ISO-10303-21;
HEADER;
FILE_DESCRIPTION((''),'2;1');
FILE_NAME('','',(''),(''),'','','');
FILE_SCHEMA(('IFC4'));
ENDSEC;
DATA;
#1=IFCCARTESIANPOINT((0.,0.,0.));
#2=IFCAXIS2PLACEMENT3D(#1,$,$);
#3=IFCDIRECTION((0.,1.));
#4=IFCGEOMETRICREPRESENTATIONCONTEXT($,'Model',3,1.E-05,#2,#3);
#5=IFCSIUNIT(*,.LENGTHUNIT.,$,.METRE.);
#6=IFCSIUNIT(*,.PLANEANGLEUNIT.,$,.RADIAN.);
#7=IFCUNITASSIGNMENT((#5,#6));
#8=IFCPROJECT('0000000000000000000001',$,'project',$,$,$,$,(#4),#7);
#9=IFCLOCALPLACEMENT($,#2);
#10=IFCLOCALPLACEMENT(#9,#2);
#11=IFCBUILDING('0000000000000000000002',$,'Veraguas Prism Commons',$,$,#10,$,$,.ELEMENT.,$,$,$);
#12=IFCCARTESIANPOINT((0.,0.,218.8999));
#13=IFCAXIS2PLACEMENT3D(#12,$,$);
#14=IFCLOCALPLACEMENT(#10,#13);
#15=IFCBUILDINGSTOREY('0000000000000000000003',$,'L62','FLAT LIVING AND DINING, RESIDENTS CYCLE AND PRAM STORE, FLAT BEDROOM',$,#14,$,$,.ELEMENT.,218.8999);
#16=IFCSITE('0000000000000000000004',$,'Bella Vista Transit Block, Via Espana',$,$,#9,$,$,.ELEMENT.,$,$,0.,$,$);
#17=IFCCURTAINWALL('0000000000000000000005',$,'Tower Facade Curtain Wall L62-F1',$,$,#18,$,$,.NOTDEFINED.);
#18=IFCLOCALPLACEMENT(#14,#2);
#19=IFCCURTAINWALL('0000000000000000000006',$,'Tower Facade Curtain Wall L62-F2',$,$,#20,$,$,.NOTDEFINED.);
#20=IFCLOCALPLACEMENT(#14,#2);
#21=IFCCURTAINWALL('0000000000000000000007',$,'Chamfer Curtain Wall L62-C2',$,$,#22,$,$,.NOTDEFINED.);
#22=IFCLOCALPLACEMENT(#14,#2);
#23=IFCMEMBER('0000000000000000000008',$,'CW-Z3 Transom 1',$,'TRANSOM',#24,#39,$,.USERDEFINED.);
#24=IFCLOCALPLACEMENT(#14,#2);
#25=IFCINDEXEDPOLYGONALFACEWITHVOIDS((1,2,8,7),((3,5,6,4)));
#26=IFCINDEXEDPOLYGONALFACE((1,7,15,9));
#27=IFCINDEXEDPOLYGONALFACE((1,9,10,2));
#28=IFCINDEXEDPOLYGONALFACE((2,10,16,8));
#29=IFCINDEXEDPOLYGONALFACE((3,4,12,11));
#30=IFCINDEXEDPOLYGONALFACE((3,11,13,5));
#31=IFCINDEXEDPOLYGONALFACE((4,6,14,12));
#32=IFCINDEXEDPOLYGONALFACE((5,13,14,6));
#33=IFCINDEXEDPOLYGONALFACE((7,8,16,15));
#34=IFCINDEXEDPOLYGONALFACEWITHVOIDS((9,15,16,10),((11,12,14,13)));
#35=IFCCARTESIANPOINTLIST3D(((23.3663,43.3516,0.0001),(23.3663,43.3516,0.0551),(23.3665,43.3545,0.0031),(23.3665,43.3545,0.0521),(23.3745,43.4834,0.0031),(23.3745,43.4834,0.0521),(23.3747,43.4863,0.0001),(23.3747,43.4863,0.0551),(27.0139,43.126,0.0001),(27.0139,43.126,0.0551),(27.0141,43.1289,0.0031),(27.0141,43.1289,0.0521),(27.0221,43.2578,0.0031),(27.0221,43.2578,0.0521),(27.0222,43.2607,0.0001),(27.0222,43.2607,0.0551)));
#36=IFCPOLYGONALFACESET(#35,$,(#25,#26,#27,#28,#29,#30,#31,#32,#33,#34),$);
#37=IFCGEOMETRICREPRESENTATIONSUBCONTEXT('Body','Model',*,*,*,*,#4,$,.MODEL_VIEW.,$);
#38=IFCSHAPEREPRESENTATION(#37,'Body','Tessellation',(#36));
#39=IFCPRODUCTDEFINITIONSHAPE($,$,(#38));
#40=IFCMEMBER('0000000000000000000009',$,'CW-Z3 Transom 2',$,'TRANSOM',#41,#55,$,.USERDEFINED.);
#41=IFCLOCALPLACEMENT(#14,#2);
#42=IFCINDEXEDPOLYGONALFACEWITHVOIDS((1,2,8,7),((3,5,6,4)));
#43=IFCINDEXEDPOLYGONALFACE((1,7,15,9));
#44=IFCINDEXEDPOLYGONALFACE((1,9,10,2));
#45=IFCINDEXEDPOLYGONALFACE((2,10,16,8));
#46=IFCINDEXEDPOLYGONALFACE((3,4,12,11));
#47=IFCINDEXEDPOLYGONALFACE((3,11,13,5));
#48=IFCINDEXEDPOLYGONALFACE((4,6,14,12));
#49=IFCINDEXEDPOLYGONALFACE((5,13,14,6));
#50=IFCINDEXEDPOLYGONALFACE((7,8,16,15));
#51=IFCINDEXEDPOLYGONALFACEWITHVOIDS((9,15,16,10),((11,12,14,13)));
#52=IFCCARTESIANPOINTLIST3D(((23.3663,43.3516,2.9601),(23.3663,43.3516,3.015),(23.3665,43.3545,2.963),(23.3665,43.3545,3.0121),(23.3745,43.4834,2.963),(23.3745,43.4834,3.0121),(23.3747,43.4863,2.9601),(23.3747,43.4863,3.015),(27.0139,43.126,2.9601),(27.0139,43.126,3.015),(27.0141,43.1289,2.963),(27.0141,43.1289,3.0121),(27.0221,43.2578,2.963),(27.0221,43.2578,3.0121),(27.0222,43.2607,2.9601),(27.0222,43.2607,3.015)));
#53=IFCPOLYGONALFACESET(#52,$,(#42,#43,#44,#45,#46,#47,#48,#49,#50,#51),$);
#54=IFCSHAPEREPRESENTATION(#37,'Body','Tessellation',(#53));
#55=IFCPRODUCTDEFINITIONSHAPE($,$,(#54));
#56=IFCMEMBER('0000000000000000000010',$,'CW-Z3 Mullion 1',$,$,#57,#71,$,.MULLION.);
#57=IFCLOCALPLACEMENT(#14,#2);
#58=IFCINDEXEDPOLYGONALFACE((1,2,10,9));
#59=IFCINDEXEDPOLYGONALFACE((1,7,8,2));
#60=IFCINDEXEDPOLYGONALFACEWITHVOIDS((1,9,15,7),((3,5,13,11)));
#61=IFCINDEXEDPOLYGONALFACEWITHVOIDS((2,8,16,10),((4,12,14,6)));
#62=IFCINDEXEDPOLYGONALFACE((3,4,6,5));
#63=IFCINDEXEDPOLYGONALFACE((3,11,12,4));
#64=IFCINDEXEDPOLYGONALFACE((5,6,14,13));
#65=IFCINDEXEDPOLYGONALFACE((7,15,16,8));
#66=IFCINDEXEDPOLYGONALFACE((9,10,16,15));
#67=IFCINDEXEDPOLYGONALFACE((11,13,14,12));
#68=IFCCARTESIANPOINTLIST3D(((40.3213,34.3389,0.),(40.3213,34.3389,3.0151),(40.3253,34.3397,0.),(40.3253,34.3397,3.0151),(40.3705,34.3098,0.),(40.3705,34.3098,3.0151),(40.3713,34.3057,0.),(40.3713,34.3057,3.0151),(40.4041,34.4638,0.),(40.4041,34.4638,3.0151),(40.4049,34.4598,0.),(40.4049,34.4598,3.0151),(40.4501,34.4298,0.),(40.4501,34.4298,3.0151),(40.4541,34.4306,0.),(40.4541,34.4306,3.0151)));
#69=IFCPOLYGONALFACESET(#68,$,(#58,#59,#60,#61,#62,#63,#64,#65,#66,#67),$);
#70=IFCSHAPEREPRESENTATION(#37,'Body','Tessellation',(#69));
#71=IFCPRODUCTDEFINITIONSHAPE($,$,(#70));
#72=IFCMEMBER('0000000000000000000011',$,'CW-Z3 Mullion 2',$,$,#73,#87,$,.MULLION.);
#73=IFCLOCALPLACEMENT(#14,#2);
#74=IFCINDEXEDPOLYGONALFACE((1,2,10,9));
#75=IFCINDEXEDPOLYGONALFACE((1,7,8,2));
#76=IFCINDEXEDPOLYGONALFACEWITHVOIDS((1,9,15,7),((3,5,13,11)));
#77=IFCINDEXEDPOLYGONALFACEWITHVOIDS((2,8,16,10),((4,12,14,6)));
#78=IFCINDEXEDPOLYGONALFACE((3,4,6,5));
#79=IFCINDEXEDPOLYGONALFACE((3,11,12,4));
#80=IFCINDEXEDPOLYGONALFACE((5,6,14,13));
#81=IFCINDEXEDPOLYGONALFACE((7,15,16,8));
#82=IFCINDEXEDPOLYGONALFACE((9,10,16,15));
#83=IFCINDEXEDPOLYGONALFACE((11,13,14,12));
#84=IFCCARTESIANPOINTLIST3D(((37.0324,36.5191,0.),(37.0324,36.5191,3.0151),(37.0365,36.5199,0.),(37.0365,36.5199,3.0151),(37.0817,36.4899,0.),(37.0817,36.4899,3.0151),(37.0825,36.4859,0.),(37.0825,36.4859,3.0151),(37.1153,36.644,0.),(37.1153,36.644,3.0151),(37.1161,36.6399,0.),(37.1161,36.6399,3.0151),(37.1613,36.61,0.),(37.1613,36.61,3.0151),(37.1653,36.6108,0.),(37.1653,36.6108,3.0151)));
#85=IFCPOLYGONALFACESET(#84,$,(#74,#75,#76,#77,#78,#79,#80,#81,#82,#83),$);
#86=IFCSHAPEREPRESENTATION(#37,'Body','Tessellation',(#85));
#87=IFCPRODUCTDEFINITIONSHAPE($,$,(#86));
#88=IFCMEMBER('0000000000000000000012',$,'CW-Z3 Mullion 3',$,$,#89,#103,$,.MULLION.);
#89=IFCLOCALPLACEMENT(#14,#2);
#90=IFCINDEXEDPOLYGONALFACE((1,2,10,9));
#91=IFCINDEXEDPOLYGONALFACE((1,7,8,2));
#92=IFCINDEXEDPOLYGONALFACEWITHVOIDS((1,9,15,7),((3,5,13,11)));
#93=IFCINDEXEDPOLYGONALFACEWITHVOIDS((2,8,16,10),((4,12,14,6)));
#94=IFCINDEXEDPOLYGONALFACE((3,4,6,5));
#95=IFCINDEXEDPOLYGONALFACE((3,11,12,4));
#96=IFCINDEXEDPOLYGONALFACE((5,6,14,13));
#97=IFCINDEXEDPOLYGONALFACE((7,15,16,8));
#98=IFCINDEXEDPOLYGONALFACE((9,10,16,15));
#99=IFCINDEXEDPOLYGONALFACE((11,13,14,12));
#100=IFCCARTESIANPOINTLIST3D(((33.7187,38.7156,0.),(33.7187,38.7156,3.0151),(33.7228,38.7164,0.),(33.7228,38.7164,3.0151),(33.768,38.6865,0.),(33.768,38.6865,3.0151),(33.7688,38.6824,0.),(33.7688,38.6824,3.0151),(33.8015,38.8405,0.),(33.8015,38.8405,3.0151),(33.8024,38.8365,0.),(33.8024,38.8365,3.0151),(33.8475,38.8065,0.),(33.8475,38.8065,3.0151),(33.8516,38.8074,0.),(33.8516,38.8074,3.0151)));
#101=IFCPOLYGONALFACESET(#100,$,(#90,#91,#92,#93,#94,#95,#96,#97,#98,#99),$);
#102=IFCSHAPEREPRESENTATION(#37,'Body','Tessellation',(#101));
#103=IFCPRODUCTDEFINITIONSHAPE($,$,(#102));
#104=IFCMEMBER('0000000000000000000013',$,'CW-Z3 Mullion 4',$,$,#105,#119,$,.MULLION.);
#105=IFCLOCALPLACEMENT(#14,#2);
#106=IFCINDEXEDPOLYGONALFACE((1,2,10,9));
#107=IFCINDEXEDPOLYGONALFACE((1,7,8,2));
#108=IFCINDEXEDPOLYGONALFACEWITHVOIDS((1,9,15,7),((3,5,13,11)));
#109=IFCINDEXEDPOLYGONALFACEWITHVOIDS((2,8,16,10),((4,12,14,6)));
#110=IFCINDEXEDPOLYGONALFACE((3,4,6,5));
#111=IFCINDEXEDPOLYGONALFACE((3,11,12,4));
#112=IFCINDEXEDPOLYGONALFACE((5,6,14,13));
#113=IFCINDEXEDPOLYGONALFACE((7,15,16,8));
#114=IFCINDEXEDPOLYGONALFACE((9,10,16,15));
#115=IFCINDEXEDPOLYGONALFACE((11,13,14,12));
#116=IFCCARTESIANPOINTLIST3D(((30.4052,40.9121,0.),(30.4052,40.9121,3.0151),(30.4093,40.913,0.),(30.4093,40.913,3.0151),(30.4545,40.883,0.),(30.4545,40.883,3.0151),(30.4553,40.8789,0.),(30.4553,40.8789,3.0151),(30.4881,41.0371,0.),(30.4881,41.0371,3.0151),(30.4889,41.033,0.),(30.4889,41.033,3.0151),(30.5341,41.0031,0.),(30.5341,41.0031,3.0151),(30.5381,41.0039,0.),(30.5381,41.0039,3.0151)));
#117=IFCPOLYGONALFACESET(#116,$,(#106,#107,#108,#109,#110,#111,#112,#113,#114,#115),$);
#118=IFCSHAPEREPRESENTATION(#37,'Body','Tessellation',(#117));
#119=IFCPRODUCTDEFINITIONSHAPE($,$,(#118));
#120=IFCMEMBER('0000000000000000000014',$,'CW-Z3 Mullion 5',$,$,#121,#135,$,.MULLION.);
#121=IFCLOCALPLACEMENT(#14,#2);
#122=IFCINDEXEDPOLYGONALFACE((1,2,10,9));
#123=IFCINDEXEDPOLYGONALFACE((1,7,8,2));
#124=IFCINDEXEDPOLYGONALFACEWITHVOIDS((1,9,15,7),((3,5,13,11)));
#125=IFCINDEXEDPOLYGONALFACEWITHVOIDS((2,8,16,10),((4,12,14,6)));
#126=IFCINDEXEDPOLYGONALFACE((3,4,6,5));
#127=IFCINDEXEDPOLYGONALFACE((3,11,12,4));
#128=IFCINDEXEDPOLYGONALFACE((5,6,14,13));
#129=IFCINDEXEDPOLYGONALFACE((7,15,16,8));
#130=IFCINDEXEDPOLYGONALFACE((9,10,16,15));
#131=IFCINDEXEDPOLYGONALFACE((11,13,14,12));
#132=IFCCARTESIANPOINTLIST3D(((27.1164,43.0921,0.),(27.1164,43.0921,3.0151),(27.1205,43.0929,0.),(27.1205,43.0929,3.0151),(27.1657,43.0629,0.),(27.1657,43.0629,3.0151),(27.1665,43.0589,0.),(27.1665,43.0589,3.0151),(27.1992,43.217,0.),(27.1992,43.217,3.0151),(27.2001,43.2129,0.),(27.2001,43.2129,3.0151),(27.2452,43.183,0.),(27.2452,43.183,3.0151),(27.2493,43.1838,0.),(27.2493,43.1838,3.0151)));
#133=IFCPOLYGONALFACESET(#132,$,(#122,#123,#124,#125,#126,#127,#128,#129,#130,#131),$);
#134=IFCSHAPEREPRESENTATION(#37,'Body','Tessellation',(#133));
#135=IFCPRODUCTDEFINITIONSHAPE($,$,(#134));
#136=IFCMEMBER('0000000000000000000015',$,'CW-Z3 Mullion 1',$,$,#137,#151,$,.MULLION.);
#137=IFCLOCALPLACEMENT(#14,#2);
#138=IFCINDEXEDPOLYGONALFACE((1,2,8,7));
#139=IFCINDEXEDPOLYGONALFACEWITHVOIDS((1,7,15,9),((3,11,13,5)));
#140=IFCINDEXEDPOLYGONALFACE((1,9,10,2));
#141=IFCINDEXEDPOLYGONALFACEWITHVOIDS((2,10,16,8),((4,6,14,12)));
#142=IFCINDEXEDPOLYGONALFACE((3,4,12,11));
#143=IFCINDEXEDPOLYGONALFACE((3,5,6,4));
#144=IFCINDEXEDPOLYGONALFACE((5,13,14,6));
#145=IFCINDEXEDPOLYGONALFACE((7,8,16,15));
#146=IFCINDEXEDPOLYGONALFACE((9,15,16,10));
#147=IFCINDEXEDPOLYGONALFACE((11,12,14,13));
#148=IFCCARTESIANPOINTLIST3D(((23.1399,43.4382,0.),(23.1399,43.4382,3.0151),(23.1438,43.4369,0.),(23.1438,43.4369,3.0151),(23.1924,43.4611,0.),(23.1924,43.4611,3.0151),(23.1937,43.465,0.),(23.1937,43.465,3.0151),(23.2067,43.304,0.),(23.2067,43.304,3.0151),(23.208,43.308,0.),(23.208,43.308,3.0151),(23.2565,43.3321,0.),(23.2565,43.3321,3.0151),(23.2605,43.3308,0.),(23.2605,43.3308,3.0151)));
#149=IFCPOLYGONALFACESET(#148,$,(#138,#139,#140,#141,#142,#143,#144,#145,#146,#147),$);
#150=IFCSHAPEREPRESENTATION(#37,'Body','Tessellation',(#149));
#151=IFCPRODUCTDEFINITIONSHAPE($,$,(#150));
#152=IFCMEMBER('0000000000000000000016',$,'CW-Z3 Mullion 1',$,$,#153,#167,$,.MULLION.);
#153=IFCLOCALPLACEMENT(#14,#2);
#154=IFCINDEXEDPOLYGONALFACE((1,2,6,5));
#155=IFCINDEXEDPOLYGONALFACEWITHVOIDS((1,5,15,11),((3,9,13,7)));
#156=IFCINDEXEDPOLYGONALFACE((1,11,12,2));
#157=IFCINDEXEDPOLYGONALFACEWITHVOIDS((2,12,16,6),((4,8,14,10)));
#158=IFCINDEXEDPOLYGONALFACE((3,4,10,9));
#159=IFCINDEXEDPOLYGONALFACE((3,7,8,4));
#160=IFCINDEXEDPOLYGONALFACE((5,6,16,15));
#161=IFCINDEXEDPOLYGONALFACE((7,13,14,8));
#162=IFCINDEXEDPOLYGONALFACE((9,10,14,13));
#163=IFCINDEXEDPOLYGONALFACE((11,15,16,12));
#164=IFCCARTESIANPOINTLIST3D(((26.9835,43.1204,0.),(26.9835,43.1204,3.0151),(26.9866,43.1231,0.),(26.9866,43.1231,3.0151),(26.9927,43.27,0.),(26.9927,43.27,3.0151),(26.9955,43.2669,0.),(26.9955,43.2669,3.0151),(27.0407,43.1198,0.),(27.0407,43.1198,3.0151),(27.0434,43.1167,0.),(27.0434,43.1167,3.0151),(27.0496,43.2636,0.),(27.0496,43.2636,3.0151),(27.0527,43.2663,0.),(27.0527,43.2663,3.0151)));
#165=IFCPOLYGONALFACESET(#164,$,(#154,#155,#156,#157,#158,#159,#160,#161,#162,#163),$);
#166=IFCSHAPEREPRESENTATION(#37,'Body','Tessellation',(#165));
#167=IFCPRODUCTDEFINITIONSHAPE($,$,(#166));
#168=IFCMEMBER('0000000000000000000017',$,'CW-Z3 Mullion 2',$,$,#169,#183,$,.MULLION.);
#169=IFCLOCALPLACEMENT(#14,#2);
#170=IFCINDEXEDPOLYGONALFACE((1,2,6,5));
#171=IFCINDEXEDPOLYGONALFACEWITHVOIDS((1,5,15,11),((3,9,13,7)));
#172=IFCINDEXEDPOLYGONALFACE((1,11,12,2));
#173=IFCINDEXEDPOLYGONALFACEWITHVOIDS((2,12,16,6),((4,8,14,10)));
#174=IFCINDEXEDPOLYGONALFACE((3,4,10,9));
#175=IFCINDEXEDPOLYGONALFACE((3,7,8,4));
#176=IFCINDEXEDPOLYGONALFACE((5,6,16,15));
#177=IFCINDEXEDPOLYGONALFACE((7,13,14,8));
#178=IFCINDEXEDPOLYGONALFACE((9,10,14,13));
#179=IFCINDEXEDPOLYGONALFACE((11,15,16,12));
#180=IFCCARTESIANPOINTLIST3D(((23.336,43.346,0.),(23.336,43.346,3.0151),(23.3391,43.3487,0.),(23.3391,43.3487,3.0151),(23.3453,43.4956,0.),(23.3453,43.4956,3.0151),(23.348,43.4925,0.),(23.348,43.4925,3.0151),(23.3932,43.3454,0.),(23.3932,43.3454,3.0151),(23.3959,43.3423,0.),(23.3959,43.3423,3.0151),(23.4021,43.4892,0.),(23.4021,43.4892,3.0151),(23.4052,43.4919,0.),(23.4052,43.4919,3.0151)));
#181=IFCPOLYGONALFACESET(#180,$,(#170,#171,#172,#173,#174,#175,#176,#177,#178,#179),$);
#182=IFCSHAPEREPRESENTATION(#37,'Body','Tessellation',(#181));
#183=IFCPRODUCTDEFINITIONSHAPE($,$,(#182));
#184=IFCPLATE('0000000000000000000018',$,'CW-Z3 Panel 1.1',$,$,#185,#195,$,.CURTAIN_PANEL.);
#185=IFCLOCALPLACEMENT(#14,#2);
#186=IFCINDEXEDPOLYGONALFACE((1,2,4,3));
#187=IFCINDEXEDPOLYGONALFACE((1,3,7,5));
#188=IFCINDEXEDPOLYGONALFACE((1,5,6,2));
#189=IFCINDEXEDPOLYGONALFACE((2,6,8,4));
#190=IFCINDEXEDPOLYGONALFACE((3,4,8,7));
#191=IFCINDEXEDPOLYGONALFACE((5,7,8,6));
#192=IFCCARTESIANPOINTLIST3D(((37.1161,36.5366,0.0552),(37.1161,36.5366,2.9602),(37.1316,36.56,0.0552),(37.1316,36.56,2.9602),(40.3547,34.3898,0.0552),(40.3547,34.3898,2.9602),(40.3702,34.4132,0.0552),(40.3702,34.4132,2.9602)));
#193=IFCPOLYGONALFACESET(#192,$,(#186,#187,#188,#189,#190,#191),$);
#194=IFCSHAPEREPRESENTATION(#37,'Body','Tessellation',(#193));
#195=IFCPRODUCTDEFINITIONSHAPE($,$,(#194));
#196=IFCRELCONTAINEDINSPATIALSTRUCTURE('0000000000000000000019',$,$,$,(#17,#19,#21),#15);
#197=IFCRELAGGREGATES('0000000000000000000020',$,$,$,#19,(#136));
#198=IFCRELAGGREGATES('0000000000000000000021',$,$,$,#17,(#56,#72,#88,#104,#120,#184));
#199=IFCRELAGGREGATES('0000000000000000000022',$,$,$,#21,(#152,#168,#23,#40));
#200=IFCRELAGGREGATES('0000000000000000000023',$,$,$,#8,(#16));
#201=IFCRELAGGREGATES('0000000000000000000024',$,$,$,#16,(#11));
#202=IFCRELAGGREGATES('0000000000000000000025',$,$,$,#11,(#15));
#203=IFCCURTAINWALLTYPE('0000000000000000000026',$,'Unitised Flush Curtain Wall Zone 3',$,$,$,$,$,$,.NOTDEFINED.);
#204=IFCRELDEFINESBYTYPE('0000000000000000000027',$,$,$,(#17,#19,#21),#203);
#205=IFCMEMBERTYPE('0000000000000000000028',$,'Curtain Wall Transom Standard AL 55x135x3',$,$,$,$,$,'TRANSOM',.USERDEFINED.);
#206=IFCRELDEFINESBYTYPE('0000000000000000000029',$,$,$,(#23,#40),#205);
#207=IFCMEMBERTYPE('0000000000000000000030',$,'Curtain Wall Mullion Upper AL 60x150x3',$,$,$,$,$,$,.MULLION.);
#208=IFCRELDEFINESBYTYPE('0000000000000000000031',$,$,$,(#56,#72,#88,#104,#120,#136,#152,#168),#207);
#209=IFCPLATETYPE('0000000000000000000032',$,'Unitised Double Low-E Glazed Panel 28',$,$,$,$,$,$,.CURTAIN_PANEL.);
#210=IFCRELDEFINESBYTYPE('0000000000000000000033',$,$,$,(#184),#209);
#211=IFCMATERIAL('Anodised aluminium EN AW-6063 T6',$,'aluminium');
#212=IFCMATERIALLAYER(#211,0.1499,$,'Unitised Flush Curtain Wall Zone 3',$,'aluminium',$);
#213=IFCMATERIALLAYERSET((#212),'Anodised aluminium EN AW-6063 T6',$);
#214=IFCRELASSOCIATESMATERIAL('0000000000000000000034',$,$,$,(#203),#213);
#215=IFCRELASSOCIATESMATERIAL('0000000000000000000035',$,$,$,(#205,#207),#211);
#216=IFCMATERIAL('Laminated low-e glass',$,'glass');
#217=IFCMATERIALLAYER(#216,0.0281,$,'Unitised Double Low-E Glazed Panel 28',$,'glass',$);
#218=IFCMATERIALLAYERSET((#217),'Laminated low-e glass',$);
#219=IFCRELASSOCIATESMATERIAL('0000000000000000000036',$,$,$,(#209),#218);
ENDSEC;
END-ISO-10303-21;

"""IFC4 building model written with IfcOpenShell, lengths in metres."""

from ifc_helpers import new_model, si_unit, direction, frame, origin, origin_2d, place, context, subcontext, project, spatial, rectangle, hollow_rectangle, extrude, source, transform, mapped, material, layer, layer_set, material_profile, profile_set, type_object, element, aggregate, save


model = new_model("IFC4")

# Units and contexts
model_context = context("Model", 3, precision=1e-05, world=origin(), true_north=direction((0.0, 1.0)))
body_context = subcontext(model_context, "Body", "Model", "MODEL_VIEW")
ifc_project = project(units=[si_unit("LENGTHUNIT", "METRE"), si_unit("PLANEANGLEUNIT", "RADIAN")], contexts=[model_context])

# Site, building, storey
site_placement = place(None, origin())
site = spatial("IfcSite", under=ifc_project, at=site_placement, Name="Bella Vista Transit Block, Via Espana", CompositionType="ELEMENT", RefElevation=0.0)
building_placement = place(site_placement, origin())
building = spatial("IfcBuilding", under=site, at=building_placement, Name="Veraguas Prism Commons", CompositionType="ELEMENT")
storey_placement = place(building_placement, frame((0.0, 0.0, 218.8999)))
storey = spatial("IfcBuildingStorey", under=building, at=storey_placement, Name="L62", Description="FLAT LIVING AND DINING, RESIDENTS CYCLE AND PRAM STORE, FLAT BEDROOM", CompositionType="ELEMENT", Elevation=218.8999)

# Curtain walls, members
ifc_material_1 = material(Name="Anodised aluminium EN AW-6063 T6", Category="aluminium")
ifc_layer_1 = layer(ifc_material_1, 0.1499, Name="Unitised Flush Curtain Wall Zone 3", Category="aluminium")
ifc_layer_set_1 = layer_set([ifc_layer_1], Name="Anodised aluminium EN AW-6063 T6")
curtain_wall_type = type_object("IfcCurtainWallType", Name="Unitised Flush Curtain Wall Zone 3", PredefinedType="NOTDEFINED", material=ifc_layer_set_1)
curtain_wall_1_placement = place(storey_placement, origin())
curtain_wall_1 = element("IfcCurtainWall", 1, at=curtain_wall_1_placement, inside=storey, type_object=curtain_wall_type, Name="Tower Facade Curtain Wall L62-F1", PredefinedType="NOTDEFINED")
ifc_material_profile_1 = material_profile(ifc_material_1, hollow_rectangle(XDim=0.0549, YDim=0.135, WallThickness=0.0029, at=origin_2d()), Name="AL55X135X3")
ifc_profile_set_1 = profile_set([ifc_material_profile_1], Name="Anodised aluminium EN AW-6063 T6")
member_type_1 = type_object("IfcMemberType", Name="Curtain Wall Transom Standard AL 55x135x3", ElementType="TRANSOM", PredefinedType="USERDEFINED", material=ifc_profile_set_1)
curtain_wall_2_placement = place(storey_placement, origin())
curtain_wall_2 = element("IfcCurtainWall", 2, at=curtain_wall_2_placement, inside=storey, type_object=curtain_wall_type, Name="Tower Facade Curtain Wall L62-F2", PredefinedType="NOTDEFINED")
curtain_wall_3_placement = place(storey_placement, origin())
curtain_wall_3 = element("IfcCurtainWall", 3, at=curtain_wall_3_placement, inside=storey, type_object=curtain_wall_type, Name="Chamfer Curtain Wall L62-C2", PredefinedType="NOTDEFINED")
shared_shape_1 = source(origin(), body_context, "Body", "SweptSolid", [
    extrude(hollow_rectangle(XDim=0.0549, YDim=0.135, WallThickness=0.0029, at=origin_2d()), origin(), (0.0, 0.0, 1.0), 3.6545),
])
member_1_placement = place(storey_placement, frame((27.0181, 43.1934, 0.0276), z_axis=(-0.998093, 0.061729, 0.0), x_axis=(0.0, 0.0, 1.0)))
member_1 = element("IfcMember", 4, at=member_1_placement, type_object=member_type_1, Name="CW-Z3 Transom 1", ObjectType="TRANSOM", PredefinedType="USERDEFINED", context=body_context, shape_type="MappedRepresentation", body=[
    mapped(shared_shape_1, transform((0.0, 0.0, 0.0), scale=1.0)),
])
member_2_placement = place(storey_placement, frame((27.0181, 43.1934, 2.9875), z_axis=(-0.998093, 0.061729, 0.0), x_axis=(0.0, 0.0, 1.0)))
member_2 = element("IfcMember", 5, at=member_2_placement, type_object=member_type_1, Name="CW-Z3 Transom 2", ObjectType="TRANSOM", PredefinedType="USERDEFINED", context=body_context, shape_type="MappedRepresentation", body=[
    mapped(shared_shape_1, transform((0.0, 0.0, 0.0), scale=1.0)),
])

# Members
ifc_material_profile_2 = material_profile(ifc_material_1, hollow_rectangle(XDim=0.0601, YDim=0.1499, WallThickness=0.0029, at=origin_2d()), Name="AL60X150X3")
ifc_profile_set_2 = profile_set([ifc_material_profile_2], Name="Anodised aluminium EN AW-6063 T6")
member_type_2 = type_object("IfcMemberType", Name="Curtain Wall Mullion Upper AL 60x150x3", PredefinedType="MULLION", material=ifc_profile_set_2)
shared_shape_2 = source(origin(), body_context, "Body", "SweptSolid", [
    extrude(hollow_rectangle(XDim=0.0601, YDim=0.1499, WallThickness=0.0029, at=origin_2d()), origin(), (0.0, 0.0, 1.0), 3.0151),
])
member_3_placement = place(storey_placement, frame((40.3877, 34.3848, 0.0), z_axis=(0.0, 0.0, 1.0), x_axis=(-0.833503, 0.552515, 0.0)))
member_3 = element("IfcMember", 6, at=member_3_placement, type_object=member_type_2, Name="CW-Z3 Mullion 1", PredefinedType="MULLION", context=body_context, shape_type="MappedRepresentation", body=[
    mapped(shared_shape_2, transform((0.0, 0.0, 0.0), scale=1.0)),
])
member_4_placement = place(storey_placement, frame((37.0989, 36.5649, 0.0), z_axis=(0.0, 0.0, 1.0), x_axis=(-0.833503, 0.552515, 0.0)))
member_4 = element("IfcMember", 7, at=member_4_placement, type_object=member_type_2, Name="CW-Z3 Mullion 2", PredefinedType="MULLION", context=body_context, shape_type="MappedRepresentation", body=[
    mapped(shared_shape_2, transform((0.0, 0.0, 0.0), scale=1.0)),
])
member_5_placement = place(storey_placement, frame((33.7852, 38.7615, 0.0), z_axis=(0.0, 0.0, 1.0), x_axis=(-0.833503, 0.552515, 0.0)))
member_5 = element("IfcMember", 8, at=member_5_placement, type_object=member_type_2, Name="CW-Z3 Mullion 3", PredefinedType="MULLION", context=body_context, shape_type="MappedRepresentation", body=[
    mapped(shared_shape_2, transform((0.0, 0.0, 0.0), scale=1.0)),
])
member_6_placement = place(storey_placement, frame((30.4717, 40.958, 0.0), z_axis=(0.0, 0.0, 1.0), x_axis=(-0.833503, 0.552515, 0.0)))
member_6 = element("IfcMember", 9, at=member_6_placement, type_object=member_type_2, Name="CW-Z3 Mullion 4", PredefinedType="MULLION", context=body_context, shape_type="MappedRepresentation", body=[
    mapped(shared_shape_2, transform((0.0, 0.0, 0.0), scale=1.0)),
])
member_7_placement = place(storey_placement, frame((27.1829, 43.1379, 0.0), z_axis=(0.0, 0.0, 1.0), x_axis=(-0.833503, 0.552515, 0.0)))
member_7 = element("IfcMember", 10, at=member_7_placement, type_object=member_type_2, Name="CW-Z3 Mullion 5", PredefinedType="MULLION", context=body_context, shape_type="MappedRepresentation", body=[
    mapped(shared_shape_2, transform((0.0, 0.0, 0.0), scale=1.0)),
])
member_8_placement = place(storey_placement, frame((23.2002, 43.3845, 0.0), z_axis=(0.0, 0.0, 1.0), x_axis=(-0.895243, -0.445578, 0.0)))
member_8 = element("IfcMember", 11, at=member_8_placement, type_object=member_type_2, Name="CW-Z3 Mullion 1", PredefinedType="MULLION", context=body_context, shape_type="MappedRepresentation", body=[
    mapped(shared_shape_2, transform((0.0, 0.0, 0.0), scale=1.0)),
])
aggregate(curtain_wall_2, [member_8])
member_9_placement = place(storey_placement, frame((27.0181, 43.1934, 0.0), z_axis=(0.0, 0.0, 1.0), x_axis=(-0.998091, 0.061759, 0.0)))
member_9 = element("IfcMember", 12, at=member_9_placement, type_object=member_type_2, Name="CW-Z3 Mullion 1", PredefinedType="MULLION", context=body_context, shape_type="MappedRepresentation", body=[
    mapped(shared_shape_2, transform((0.0, 0.0, 0.0), scale=1.0)),
])
member_10_placement = place(storey_placement, frame((23.3706, 43.4189, 0.0), z_axis=(0.0, 0.0, 1.0), x_axis=(-0.998091, 0.061759, 0.0)))
member_10 = element("IfcMember", 13, at=member_10_placement, type_object=member_type_2, Name="CW-Z3 Mullion 2", PredefinedType="MULLION", context=body_context, shape_type="MappedRepresentation", body=[
    mapped(shared_shape_2, transform((0.0, 0.0, 0.0), scale=1.0)),
])

# Plate
ifc_material_2 = material(Name="Laminated low-e glass", Category="glass")
ifc_layer_2 = layer(ifc_material_2, 0.0281, Name="Unitised Double Low-E Glazed Panel 28", Category="glass")
ifc_layer_set_2 = layer_set([ifc_layer_2], Name="Laminated low-e glass")
plate_type = type_object("IfcPlateType", Name="Unitised Double Low-E Glazed Panel 28", PredefinedType="CURTAIN_PANEL", material=ifc_layer_set_2)
shared_shape_3 = source(origin(), body_context, "Body", "SweptSolid", [
    extrude(rectangle(XDim=3.8855, YDim=0.0281, at=origin_2d()), origin(), (0.0, 0.0, 1.0), 2.905),
])
plate_1_placement = place(storey_placement, frame((38.7432, 35.4749, 0.0552), z_axis=(0.0, 0.0, 1.0), x_axis=(-0.833503, 0.552515, 0.0)))
plate_1 = element("IfcPlate", 14, at=plate_1_placement, type_object=plate_type, Name="CW-Z3 Panel 1.1", PredefinedType="CURTAIN_PANEL", context=body_context, shape_type="MappedRepresentation", body=[
    mapped(shared_shape_3, transform((0.0, 0.0, 0.0), scale=1.0)),
])
aggregate(curtain_wall_1, [member_3, member_4, member_5, member_6, member_7, plate_1])
aggregate(curtain_wall_3, [member_9, member_10, member_1, member_2])

save(model, "model.ifc")
